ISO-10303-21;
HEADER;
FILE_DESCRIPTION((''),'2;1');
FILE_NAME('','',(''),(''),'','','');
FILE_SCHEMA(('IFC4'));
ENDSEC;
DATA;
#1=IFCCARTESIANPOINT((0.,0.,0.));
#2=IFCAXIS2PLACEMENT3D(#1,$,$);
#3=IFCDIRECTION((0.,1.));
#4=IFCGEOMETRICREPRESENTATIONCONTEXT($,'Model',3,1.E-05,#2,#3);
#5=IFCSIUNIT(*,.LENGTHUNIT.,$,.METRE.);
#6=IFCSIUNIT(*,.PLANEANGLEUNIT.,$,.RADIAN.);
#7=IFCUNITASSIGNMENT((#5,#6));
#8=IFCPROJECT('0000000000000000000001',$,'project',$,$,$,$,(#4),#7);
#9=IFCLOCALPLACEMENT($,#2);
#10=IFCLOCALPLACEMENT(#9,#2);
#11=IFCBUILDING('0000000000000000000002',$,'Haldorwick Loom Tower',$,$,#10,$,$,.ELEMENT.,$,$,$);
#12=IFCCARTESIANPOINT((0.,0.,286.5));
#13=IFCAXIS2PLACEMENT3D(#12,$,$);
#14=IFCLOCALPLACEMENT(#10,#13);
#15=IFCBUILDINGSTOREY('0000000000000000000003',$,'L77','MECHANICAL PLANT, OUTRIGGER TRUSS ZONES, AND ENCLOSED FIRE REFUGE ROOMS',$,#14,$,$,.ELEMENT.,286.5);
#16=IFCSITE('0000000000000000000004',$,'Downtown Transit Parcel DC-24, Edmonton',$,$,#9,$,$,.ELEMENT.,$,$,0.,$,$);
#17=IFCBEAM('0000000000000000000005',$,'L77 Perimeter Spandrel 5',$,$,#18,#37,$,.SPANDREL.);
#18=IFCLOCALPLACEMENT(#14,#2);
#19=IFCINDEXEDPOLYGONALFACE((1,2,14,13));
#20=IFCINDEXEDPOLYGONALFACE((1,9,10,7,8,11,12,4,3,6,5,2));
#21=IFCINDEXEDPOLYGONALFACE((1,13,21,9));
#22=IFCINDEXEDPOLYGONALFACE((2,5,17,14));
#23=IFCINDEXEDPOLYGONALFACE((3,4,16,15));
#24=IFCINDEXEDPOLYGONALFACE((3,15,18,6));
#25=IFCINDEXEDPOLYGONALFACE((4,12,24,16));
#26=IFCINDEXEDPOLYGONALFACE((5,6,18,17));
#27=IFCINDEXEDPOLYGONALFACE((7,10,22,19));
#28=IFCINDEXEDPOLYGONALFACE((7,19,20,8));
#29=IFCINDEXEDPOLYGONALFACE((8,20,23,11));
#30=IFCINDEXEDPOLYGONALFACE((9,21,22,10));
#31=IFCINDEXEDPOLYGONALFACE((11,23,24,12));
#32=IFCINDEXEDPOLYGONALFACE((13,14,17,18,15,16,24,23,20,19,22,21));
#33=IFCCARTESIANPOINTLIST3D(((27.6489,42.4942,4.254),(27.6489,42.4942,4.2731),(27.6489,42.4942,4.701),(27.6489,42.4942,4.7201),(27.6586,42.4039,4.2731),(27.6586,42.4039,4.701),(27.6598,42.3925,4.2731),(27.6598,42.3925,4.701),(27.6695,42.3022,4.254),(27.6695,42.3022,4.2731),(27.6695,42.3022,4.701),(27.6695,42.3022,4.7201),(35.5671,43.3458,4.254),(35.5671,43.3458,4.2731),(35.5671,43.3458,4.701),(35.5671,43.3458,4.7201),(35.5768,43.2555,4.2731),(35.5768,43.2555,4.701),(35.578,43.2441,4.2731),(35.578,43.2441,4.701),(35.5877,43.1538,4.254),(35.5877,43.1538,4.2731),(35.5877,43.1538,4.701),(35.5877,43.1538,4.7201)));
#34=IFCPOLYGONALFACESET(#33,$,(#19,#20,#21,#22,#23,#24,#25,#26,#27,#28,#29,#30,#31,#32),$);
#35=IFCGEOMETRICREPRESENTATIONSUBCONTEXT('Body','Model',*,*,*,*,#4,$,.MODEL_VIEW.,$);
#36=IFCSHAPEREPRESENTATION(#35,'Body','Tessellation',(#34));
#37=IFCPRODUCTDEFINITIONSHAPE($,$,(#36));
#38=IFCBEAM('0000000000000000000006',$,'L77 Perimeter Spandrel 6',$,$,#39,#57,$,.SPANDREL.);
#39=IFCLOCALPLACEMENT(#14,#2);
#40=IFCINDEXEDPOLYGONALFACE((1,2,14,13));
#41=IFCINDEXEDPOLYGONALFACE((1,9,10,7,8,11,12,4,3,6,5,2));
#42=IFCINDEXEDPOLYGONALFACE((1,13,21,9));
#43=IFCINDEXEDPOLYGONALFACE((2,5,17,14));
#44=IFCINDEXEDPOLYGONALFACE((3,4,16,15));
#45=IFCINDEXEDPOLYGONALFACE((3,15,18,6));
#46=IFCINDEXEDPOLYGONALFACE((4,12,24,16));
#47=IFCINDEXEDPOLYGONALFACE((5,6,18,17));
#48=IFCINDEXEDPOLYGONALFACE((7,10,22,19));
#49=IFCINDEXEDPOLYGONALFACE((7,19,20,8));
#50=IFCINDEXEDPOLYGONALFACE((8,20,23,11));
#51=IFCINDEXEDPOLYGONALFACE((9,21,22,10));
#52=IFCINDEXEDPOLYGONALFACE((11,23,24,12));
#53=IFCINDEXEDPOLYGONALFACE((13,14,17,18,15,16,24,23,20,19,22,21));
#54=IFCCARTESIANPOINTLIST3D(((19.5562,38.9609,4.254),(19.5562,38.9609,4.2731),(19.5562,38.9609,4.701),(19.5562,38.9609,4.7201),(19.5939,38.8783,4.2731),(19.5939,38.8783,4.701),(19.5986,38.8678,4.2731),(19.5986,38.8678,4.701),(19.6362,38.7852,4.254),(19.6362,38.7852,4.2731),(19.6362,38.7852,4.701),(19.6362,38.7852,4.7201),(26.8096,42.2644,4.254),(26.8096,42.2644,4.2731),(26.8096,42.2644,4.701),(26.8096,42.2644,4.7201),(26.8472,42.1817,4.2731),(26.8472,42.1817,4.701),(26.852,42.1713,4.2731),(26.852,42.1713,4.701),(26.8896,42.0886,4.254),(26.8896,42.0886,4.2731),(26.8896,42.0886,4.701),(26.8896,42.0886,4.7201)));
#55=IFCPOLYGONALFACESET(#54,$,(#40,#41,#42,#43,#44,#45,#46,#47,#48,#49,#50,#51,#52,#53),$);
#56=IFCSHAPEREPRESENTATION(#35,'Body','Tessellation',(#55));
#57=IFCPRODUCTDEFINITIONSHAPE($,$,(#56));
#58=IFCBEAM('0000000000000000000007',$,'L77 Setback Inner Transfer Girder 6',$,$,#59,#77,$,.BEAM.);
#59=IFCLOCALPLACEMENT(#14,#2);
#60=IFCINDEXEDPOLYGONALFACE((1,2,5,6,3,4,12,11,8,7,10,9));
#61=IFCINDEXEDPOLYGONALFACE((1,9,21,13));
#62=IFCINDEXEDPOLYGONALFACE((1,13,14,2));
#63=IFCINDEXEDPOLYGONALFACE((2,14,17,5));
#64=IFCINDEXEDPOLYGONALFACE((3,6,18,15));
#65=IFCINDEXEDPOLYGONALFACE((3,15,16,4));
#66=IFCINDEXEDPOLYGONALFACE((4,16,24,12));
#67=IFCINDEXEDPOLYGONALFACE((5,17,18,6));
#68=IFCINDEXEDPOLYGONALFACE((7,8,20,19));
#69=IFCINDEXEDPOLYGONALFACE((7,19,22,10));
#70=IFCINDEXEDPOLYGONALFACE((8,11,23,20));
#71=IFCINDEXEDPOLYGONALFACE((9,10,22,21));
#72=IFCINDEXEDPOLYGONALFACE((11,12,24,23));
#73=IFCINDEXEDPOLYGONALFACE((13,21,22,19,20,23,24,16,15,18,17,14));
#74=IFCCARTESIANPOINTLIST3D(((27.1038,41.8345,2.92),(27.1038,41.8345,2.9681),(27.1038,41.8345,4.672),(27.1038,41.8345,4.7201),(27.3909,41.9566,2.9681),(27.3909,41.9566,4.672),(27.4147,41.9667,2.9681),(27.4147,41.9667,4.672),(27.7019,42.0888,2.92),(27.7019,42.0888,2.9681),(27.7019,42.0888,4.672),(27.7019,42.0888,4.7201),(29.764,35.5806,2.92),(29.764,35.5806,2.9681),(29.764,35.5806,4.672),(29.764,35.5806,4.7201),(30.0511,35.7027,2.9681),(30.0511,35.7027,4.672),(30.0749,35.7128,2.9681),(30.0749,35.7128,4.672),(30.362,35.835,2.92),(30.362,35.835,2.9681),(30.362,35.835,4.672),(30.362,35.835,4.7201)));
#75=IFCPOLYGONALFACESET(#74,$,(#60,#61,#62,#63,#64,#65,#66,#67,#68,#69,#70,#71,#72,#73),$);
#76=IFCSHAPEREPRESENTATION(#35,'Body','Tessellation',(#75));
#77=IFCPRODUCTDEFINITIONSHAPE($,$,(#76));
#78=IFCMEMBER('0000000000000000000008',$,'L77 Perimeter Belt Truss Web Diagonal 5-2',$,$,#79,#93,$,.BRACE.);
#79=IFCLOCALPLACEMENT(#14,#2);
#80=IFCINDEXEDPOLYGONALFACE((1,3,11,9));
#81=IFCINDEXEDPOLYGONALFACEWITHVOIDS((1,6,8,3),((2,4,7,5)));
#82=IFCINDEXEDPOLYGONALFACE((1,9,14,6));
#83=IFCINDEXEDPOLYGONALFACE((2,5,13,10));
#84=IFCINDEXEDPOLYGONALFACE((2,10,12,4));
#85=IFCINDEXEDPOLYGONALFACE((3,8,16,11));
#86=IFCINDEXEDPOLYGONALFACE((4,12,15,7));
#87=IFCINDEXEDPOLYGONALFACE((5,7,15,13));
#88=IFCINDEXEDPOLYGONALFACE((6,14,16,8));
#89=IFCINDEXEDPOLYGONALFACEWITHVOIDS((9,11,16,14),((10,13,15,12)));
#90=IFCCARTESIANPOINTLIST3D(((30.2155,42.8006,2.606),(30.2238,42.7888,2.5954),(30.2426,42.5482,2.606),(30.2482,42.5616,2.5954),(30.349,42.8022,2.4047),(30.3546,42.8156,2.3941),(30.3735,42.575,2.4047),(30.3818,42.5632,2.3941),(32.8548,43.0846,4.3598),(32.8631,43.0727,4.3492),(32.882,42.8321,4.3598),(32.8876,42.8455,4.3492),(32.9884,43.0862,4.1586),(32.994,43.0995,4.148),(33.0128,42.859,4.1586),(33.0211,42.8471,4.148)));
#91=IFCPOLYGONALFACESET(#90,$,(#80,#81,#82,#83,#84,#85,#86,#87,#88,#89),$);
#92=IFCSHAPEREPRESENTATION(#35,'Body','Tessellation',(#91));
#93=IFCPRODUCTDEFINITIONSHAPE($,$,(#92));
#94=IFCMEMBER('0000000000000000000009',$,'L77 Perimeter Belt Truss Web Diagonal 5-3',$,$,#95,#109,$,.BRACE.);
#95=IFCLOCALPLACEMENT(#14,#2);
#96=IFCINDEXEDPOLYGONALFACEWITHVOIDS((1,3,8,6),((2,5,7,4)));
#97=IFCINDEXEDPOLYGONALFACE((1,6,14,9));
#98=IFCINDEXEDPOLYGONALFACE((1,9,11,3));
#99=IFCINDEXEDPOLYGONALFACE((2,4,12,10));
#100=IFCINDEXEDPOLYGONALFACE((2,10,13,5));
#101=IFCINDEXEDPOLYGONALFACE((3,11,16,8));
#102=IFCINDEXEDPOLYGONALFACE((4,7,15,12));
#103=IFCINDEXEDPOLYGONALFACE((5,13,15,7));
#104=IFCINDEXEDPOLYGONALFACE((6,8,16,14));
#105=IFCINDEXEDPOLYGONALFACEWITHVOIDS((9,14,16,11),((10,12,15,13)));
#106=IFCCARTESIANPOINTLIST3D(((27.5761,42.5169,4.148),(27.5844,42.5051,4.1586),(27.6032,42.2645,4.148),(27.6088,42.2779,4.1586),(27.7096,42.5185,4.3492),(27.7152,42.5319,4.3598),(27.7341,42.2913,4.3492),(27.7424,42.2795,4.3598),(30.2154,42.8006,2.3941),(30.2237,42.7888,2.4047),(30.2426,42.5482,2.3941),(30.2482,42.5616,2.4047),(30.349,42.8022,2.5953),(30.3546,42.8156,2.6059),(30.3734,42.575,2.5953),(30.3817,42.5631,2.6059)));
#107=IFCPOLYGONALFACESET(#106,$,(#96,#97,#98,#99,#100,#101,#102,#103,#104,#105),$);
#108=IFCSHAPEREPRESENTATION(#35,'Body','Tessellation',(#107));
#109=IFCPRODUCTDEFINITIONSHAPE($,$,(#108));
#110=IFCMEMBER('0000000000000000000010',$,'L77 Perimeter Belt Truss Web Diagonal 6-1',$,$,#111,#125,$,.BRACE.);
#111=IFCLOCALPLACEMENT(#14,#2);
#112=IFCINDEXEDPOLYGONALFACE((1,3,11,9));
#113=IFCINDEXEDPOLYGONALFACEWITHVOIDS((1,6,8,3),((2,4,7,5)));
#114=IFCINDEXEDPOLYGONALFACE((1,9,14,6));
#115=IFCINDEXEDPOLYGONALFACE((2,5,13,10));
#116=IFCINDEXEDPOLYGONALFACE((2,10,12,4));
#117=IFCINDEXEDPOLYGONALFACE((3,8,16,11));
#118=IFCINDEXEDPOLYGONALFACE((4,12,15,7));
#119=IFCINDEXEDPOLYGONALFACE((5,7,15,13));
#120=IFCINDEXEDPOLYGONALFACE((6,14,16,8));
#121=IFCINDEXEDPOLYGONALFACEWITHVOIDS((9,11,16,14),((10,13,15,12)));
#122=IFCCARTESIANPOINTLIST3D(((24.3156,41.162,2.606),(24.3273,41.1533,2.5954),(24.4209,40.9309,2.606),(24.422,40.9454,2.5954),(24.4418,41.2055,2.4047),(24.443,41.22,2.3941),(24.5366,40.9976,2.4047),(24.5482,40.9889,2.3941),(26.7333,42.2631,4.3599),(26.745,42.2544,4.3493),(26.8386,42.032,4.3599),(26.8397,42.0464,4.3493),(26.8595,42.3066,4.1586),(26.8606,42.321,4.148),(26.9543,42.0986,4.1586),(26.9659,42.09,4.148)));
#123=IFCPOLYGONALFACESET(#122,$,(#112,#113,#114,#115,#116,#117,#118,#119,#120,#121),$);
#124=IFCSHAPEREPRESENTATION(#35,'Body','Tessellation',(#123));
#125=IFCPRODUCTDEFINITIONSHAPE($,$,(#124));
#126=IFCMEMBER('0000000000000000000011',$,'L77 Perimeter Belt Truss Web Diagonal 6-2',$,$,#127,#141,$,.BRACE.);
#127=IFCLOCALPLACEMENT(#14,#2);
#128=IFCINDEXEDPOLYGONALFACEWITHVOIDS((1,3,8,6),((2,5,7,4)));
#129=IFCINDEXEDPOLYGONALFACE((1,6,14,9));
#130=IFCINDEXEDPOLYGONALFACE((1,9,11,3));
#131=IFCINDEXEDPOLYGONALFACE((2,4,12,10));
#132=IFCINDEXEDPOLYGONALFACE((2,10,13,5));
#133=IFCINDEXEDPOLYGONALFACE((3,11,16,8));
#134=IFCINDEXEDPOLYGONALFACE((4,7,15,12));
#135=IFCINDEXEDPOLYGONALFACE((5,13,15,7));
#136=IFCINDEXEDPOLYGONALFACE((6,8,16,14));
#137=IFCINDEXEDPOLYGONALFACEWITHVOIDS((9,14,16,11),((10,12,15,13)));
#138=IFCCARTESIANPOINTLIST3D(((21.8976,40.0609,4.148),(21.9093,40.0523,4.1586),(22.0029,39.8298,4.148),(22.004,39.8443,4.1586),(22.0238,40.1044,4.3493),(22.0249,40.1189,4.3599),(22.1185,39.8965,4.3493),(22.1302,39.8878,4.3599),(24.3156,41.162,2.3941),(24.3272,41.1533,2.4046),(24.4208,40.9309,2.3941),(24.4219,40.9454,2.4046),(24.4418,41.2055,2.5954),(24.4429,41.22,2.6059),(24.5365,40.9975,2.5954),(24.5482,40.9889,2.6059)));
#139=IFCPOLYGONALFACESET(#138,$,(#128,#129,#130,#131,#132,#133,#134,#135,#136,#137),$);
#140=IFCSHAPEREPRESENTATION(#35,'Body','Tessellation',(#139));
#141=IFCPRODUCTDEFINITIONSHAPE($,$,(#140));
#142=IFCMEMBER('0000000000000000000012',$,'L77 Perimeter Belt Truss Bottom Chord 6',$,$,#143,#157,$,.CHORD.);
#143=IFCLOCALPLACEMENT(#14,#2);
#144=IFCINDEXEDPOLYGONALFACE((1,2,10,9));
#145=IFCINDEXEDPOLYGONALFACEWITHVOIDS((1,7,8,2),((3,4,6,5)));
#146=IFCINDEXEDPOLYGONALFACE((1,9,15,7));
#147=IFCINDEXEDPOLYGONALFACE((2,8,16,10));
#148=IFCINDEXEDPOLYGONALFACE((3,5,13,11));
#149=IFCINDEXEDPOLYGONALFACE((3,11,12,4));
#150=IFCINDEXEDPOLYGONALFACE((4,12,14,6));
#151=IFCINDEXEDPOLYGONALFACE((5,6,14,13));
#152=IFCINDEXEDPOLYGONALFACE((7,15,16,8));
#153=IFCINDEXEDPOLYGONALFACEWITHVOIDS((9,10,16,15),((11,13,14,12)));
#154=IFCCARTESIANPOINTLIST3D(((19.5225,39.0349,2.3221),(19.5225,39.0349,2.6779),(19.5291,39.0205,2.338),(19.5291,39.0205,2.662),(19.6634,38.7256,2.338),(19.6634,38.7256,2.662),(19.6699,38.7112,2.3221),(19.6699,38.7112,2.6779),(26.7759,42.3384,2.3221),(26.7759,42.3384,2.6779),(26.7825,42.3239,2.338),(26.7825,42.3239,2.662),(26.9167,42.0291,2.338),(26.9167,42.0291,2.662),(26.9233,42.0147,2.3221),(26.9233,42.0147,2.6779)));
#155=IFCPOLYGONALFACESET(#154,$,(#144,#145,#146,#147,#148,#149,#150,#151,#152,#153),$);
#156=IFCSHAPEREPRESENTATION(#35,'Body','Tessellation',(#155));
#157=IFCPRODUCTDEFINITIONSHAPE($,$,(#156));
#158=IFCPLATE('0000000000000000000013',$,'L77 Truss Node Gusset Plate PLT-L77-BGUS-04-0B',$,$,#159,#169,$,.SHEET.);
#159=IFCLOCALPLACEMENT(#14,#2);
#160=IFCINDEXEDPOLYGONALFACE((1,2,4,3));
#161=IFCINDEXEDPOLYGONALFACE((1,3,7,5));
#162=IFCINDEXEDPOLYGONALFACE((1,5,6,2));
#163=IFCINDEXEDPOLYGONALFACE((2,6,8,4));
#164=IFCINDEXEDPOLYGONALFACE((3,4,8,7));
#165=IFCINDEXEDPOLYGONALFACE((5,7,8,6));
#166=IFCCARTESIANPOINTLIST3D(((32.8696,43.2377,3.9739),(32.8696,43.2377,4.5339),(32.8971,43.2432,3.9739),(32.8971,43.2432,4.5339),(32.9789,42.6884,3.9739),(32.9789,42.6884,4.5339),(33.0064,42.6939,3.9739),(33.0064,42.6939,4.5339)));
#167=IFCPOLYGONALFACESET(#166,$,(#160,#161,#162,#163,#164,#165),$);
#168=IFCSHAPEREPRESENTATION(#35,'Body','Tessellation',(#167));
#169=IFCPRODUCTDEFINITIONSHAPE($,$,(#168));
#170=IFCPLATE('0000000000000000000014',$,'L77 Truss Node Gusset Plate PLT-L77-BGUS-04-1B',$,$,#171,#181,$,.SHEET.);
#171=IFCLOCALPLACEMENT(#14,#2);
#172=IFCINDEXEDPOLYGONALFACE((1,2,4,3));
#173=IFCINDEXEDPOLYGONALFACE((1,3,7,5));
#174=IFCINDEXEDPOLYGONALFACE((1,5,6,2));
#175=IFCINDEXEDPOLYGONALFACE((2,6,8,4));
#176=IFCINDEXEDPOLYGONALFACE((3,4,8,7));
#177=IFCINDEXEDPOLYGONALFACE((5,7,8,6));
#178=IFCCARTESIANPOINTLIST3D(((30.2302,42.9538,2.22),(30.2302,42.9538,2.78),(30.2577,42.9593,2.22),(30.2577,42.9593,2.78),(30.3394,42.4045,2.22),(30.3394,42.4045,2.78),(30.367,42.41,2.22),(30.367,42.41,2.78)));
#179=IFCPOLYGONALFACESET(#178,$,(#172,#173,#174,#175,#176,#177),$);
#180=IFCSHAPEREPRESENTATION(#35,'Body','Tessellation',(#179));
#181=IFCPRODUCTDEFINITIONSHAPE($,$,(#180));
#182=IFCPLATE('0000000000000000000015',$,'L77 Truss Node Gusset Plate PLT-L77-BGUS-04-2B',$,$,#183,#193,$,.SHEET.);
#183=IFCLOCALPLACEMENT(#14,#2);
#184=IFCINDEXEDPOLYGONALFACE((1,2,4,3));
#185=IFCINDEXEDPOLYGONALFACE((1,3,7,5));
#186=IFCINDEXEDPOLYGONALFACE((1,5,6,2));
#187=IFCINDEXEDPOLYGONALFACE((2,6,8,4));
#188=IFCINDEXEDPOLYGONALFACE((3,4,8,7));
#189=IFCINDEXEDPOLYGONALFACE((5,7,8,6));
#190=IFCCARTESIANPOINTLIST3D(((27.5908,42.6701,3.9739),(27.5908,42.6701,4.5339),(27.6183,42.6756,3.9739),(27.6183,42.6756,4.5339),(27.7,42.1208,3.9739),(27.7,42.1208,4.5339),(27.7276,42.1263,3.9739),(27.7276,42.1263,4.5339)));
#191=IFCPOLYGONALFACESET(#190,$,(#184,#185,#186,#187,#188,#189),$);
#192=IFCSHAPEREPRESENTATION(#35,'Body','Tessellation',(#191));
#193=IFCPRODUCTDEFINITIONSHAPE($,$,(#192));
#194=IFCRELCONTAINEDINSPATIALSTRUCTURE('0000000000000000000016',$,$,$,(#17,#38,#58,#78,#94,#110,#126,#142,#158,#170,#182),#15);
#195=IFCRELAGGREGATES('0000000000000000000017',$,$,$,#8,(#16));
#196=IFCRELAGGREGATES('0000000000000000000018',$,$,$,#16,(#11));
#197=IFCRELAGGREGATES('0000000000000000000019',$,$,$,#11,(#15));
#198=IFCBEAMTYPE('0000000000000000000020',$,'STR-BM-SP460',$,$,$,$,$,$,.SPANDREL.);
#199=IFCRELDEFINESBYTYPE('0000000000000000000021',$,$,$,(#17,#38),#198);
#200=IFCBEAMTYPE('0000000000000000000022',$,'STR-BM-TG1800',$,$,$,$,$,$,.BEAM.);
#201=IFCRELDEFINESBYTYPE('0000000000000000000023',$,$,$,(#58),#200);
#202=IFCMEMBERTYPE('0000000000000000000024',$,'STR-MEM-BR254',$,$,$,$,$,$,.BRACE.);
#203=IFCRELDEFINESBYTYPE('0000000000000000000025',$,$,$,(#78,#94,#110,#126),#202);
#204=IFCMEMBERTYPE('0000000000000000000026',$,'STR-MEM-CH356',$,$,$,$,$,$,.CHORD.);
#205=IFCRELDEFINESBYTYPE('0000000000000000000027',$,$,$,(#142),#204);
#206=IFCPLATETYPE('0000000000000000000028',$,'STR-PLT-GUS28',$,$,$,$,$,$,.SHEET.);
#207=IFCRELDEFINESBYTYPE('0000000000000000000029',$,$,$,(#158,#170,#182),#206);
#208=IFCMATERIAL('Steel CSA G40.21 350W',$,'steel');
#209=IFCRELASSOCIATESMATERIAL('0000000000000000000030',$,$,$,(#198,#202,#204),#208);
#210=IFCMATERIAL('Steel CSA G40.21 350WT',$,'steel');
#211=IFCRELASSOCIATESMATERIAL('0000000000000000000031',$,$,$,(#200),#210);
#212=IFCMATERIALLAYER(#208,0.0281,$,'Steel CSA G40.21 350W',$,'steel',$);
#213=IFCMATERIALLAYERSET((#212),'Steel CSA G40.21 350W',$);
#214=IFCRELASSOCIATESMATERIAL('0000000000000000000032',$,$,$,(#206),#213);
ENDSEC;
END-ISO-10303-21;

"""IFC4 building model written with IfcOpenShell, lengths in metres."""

from ifc_helpers import new_model, si_unit, direction, frame, origin, origin_2d, place, context, subcontext, project, spatial, rectangle, hollow_rectangle, i_section, extrude, material, layer, layer_set, material_profile, profile_set, type_object, element, save


model = new_model("IFC4")

# Units and contexts
model_context = context("Model", 3, precision=1e-05, world=origin(), true_north=direction((0.0, 1.0)))
body_context = subcontext(model_context, "Body", "Model", "MODEL_VIEW")
ifc_project = project(units=[si_unit("LENGTHUNIT", "METRE"), si_unit("PLANEANGLEUNIT", "RADIAN")], contexts=[model_context])

# Site, building, storey
site_placement = place(None, origin())
site = spatial("IfcSite", under=ifc_project, at=site_placement, Name="Downtown Transit Parcel DC-24, Edmonton", CompositionType="ELEMENT", RefElevation=0.0)
building_placement = place(site_placement, origin())
building = spatial("IfcBuilding", under=site, at=building_placement, Name="Haldorwick Loom Tower", CompositionType="ELEMENT")
storey_placement = place(building_placement, frame((0.0, 0.0, 286.5)))
storey = spatial("IfcBuildingStorey", under=building, at=storey_placement, Name="L77", Description="MECHANICAL PLANT, OUTRIGGER TRUSS ZONES, AND ENCLOSED FIRE REFUGE ROOMS", CompositionType="ELEMENT", Elevation=286.5)

# Shared definitions
ifc_material_1 = material(Name="Steel CSA G40.21 350W", Category="steel")

# Beams
ifc_material_profile_1 = material_profile(ifc_material_1, i_section(OverallWidth=0.1931, OverallDepth=0.4661, WebThickness=0.0115, FlangeThickness=0.019, at=origin_2d()), Name="W460X97", Category="steel")
ifc_profile_set_1 = profile_set([ifc_material_profile_1], Name="Steel CSA G40.21 350W")
beam_type_1 = type_object("IfcBeamType", Name="STR-BM-SP460", PredefinedType="SPANDREL", material=ifc_profile_set_1)
beam_1_placement = place(storey_placement, frame((35.5774, 43.2498, 4.4871), z_axis=(-0.994267, -0.106928, 0.0), x_axis=(0.106928, -0.994267, 0.0)))
element("IfcBeam", 1, at=beam_1_placement, inside=storey, type_object=beam_type_1, Name="L77 Perimeter Spandrel 5", PredefinedType="SPANDREL", context=body_context, shape_type="SweptSolid", body=[
    extrude(i_section(OverallWidth=0.1931, OverallDepth=0.4661, WebThickness=0.0115, FlangeThickness=0.019, at=origin_2d()), origin(), (0.0, 0.0, 1.0), 7.9639),
])
beam_2_placement = place(storey_placement, frame((26.8496, 42.1765, 4.4871), z_axis=(-0.910061, -0.414474, 0.0), x_axis=(0.414474, -0.910061, 0.0)))
element("IfcBeam", 2, at=beam_2_placement, inside=storey, type_object=beam_type_1, Name="L77 Perimeter Spandrel 6", PredefinedType="SPANDREL", context=body_context, shape_type="SweptSolid", body=[
    extrude(i_section(OverallWidth=0.1931, OverallDepth=0.4661, WebThickness=0.0115, FlangeThickness=0.019, at=origin_2d()), origin(), (0.0, 0.0, 1.0), 7.9702),
])
ifc_material_2 = material(Name="Steel CSA G40.21 350WT", Category="steel")
ifc_material_profile_2 = material_profile(ifc_material_2, i_section(OverallWidth=0.6499, OverallDepth=1.8, WebThickness=0.0259, FlangeThickness=0.0481, at=origin_2d()), Name="WWF1800X650", Category="steel")
ifc_profile_set_2 = profile_set([ifc_material_profile_2], Name="Steel CSA G40.21 350WT")
beam_type_2 = type_object("IfcBeamType", Name="STR-BM-TG1800", PredefinedType="BEAM", material=ifc_profile_set_2)
beam_3_placement = place(storey_placement, frame((30.063, 35.7078, 3.8201), z_axis=(-0.391421, 0.920212, 0.0), x_axis=(-0.920212, -0.391421, 0.0)))
element("IfcBeam", 3, at=beam_3_placement, inside=storey, type_object=beam_type_2, Name="L77 Setback Inner Transfer Girder 6", PredefinedType="BEAM", context=body_context, shape_type="SweptSolid", body=[
    extrude(i_section(OverallWidth=0.6499, OverallDepth=1.8, WebThickness=0.0259, FlangeThickness=0.0481, at=origin_2d()), origin(), (0.0, 0.0, 1.0), 6.7961),
])

# Members
ifc_material_profile_3 = material_profile(ifc_material_1, hollow_rectangle(XDim=0.2539, YDim=0.2539, WallThickness=0.0127, at=origin_2d()), Name="HSS254X254X13", Category="steel")
ifc_profile_set_3 = profile_set([ifc_material_profile_3], Name="Steel CSA G40.21 350W")
member_type_1 = type_object("IfcMemberType", Name="STR-MEM-BR254", PredefinedType="BRACE", material=ifc_profile_set_3)
for number, where, z_axis, x_axis, name in (
    (4, (32.938, 42.9658, 4.2539), (-0.829556, -0.08924, -0.551247), (0.106959, -0.994263, 0.0), "L77 Perimeter Belt Truss Web Diagonal 5-2"),
    (5, (30.2986, 42.6819, 2.5), (-0.829562, -0.089164, 0.551251), (0.106868, -0.994273, 0.0), "L77 Perimeter Belt Truss Web Diagonal 5-3"),
):
    element("IfcMember", number, at=place(storey_placement, frame(where, z_axis=z_axis, x_axis=x_axis)), inside=storey, type_object=member_type_1, Name=name, PredefinedType="BRACE", context=body_context, shape_type="SweptSolid", body=[
        extrude(hollow_rectangle(XDim=0.2539, YDim=0.2539, WallThickness=0.0127, at=origin_2d()), origin(), (0.0, 0.0, 1.0), 3.1816),
    ])
member_1_placement = place(storey_placement, frame((26.8496, 42.1765, 4.2539), z_axis=(-0.759482, -0.345882, -0.550956), x_axis=(0.414461, -0.910067, 0.0)))
element("IfcMember", 6, at=member_1_placement, inside=storey, type_object=member_type_1, Name="L77 Perimeter Belt Truss Web Diagonal 6-1", PredefinedType="BRACE", context=body_context, shape_type="SweptSolid", body=[
    extrude(hollow_rectangle(XDim=0.2539, YDim=0.2539, WallThickness=0.0127, at=origin_2d()), origin(), (0.0, 0.0, 1.0), 3.1833),
])
member_2_placement = place(storey_placement, frame((24.4319, 41.0754, 2.5), z_axis=(-0.759515, -0.345861, 0.550924), x_axis=(0.414426, -0.910083, 0.0)))
element("IfcMember", 7, at=member_2_placement, inside=storey, type_object=member_type_1, Name="L77 Perimeter Belt Truss Web Diagonal 6-2", PredefinedType="BRACE", context=body_context, shape_type="SweptSolid", body=[
    extrude(hollow_rectangle(XDim=0.2539, YDim=0.2539, WallThickness=0.0127, at=origin_2d()), origin(), (0.0, 0.0, 1.0), 3.1836),
])
ifc_material_profile_4 = material_profile(ifc_material_1, hollow_rectangle(XDim=0.3557, YDim=0.3557, WallThickness=0.0159, at=origin_2d()), Name="HSS356X356X16", Category="steel")
ifc_profile_set_4 = profile_set([ifc_material_profile_4], Name="Steel CSA G40.21 350W")
member_type_2 = type_object("IfcMemberType", Name="STR-MEM-CH356", PredefinedType="CHORD", material=ifc_profile_set_4)
member_3_placement = place(storey_placement, frame((26.8496, 42.1765, 2.5), z_axis=(-0.910061, -0.414474, 0.0), x_axis=(0.414474, -0.910061, 0.0)))
element("IfcMember", 8, at=member_3_placement, inside=storey, type_object=member_type_2, Name="L77 Perimeter Belt Truss Bottom Chord 6", PredefinedType="CHORD", context=body_context, shape_type="SweptSolid", body=[
    extrude(hollow_rectangle(XDim=0.3557, YDim=0.3557, WallThickness=0.0159, at=origin_2d()), origin(), (0.0, 0.0, 1.0), 7.9702),
])

# Plates
ifc_layer_1 = layer(ifc_material_1, 0.0281, Name="Steel CSA G40.21 350W", Category="steel")
ifc_layer_set_1 = layer_set([ifc_layer_1], Name="Steel CSA G40.21 350W")
plate_type = type_object("IfcPlateType", Name="STR-PLT-GUS28", PredefinedType="SHEET", material=ifc_layer_set_1)
for number, where, z_axis, x_axis, name in (
    (9, (32.938, 42.9658, 3.9739), (0.0, 0.0, 1.0), (-0.19509, 0.980785, 0.0), "L77 Truss Node Gusset Plate PLT-L77-BGUS-04-0B"),
    (10, (30.2986, 42.6819, 2.22), (0.0, 0.0, 1.0), (-0.19509, 0.980785, 0.0), "L77 Truss Node Gusset Plate PLT-L77-BGUS-04-1B"),
    (11, (27.6592, 42.3982, 3.9739), (0.0, 0.0, 1.0), (-0.19509, 0.980785, 0.0), "L77 Truss Node Gusset Plate PLT-L77-BGUS-04-2B"),
):
    element("IfcPlate", number, at=place(storey_placement, frame(where, z_axis=z_axis, x_axis=x_axis)), inside=storey, type_object=plate_type, Name=name, PredefinedType="SHEET", context=body_context, shape_type="SweptSolid", body=[
        extrude(rectangle(XDim=0.5601, YDim=0.0281, at=origin_2d()), origin(), (0.0, 0.0, 1.0), 0.5601),
    ])

save(model, "model.ifc")
